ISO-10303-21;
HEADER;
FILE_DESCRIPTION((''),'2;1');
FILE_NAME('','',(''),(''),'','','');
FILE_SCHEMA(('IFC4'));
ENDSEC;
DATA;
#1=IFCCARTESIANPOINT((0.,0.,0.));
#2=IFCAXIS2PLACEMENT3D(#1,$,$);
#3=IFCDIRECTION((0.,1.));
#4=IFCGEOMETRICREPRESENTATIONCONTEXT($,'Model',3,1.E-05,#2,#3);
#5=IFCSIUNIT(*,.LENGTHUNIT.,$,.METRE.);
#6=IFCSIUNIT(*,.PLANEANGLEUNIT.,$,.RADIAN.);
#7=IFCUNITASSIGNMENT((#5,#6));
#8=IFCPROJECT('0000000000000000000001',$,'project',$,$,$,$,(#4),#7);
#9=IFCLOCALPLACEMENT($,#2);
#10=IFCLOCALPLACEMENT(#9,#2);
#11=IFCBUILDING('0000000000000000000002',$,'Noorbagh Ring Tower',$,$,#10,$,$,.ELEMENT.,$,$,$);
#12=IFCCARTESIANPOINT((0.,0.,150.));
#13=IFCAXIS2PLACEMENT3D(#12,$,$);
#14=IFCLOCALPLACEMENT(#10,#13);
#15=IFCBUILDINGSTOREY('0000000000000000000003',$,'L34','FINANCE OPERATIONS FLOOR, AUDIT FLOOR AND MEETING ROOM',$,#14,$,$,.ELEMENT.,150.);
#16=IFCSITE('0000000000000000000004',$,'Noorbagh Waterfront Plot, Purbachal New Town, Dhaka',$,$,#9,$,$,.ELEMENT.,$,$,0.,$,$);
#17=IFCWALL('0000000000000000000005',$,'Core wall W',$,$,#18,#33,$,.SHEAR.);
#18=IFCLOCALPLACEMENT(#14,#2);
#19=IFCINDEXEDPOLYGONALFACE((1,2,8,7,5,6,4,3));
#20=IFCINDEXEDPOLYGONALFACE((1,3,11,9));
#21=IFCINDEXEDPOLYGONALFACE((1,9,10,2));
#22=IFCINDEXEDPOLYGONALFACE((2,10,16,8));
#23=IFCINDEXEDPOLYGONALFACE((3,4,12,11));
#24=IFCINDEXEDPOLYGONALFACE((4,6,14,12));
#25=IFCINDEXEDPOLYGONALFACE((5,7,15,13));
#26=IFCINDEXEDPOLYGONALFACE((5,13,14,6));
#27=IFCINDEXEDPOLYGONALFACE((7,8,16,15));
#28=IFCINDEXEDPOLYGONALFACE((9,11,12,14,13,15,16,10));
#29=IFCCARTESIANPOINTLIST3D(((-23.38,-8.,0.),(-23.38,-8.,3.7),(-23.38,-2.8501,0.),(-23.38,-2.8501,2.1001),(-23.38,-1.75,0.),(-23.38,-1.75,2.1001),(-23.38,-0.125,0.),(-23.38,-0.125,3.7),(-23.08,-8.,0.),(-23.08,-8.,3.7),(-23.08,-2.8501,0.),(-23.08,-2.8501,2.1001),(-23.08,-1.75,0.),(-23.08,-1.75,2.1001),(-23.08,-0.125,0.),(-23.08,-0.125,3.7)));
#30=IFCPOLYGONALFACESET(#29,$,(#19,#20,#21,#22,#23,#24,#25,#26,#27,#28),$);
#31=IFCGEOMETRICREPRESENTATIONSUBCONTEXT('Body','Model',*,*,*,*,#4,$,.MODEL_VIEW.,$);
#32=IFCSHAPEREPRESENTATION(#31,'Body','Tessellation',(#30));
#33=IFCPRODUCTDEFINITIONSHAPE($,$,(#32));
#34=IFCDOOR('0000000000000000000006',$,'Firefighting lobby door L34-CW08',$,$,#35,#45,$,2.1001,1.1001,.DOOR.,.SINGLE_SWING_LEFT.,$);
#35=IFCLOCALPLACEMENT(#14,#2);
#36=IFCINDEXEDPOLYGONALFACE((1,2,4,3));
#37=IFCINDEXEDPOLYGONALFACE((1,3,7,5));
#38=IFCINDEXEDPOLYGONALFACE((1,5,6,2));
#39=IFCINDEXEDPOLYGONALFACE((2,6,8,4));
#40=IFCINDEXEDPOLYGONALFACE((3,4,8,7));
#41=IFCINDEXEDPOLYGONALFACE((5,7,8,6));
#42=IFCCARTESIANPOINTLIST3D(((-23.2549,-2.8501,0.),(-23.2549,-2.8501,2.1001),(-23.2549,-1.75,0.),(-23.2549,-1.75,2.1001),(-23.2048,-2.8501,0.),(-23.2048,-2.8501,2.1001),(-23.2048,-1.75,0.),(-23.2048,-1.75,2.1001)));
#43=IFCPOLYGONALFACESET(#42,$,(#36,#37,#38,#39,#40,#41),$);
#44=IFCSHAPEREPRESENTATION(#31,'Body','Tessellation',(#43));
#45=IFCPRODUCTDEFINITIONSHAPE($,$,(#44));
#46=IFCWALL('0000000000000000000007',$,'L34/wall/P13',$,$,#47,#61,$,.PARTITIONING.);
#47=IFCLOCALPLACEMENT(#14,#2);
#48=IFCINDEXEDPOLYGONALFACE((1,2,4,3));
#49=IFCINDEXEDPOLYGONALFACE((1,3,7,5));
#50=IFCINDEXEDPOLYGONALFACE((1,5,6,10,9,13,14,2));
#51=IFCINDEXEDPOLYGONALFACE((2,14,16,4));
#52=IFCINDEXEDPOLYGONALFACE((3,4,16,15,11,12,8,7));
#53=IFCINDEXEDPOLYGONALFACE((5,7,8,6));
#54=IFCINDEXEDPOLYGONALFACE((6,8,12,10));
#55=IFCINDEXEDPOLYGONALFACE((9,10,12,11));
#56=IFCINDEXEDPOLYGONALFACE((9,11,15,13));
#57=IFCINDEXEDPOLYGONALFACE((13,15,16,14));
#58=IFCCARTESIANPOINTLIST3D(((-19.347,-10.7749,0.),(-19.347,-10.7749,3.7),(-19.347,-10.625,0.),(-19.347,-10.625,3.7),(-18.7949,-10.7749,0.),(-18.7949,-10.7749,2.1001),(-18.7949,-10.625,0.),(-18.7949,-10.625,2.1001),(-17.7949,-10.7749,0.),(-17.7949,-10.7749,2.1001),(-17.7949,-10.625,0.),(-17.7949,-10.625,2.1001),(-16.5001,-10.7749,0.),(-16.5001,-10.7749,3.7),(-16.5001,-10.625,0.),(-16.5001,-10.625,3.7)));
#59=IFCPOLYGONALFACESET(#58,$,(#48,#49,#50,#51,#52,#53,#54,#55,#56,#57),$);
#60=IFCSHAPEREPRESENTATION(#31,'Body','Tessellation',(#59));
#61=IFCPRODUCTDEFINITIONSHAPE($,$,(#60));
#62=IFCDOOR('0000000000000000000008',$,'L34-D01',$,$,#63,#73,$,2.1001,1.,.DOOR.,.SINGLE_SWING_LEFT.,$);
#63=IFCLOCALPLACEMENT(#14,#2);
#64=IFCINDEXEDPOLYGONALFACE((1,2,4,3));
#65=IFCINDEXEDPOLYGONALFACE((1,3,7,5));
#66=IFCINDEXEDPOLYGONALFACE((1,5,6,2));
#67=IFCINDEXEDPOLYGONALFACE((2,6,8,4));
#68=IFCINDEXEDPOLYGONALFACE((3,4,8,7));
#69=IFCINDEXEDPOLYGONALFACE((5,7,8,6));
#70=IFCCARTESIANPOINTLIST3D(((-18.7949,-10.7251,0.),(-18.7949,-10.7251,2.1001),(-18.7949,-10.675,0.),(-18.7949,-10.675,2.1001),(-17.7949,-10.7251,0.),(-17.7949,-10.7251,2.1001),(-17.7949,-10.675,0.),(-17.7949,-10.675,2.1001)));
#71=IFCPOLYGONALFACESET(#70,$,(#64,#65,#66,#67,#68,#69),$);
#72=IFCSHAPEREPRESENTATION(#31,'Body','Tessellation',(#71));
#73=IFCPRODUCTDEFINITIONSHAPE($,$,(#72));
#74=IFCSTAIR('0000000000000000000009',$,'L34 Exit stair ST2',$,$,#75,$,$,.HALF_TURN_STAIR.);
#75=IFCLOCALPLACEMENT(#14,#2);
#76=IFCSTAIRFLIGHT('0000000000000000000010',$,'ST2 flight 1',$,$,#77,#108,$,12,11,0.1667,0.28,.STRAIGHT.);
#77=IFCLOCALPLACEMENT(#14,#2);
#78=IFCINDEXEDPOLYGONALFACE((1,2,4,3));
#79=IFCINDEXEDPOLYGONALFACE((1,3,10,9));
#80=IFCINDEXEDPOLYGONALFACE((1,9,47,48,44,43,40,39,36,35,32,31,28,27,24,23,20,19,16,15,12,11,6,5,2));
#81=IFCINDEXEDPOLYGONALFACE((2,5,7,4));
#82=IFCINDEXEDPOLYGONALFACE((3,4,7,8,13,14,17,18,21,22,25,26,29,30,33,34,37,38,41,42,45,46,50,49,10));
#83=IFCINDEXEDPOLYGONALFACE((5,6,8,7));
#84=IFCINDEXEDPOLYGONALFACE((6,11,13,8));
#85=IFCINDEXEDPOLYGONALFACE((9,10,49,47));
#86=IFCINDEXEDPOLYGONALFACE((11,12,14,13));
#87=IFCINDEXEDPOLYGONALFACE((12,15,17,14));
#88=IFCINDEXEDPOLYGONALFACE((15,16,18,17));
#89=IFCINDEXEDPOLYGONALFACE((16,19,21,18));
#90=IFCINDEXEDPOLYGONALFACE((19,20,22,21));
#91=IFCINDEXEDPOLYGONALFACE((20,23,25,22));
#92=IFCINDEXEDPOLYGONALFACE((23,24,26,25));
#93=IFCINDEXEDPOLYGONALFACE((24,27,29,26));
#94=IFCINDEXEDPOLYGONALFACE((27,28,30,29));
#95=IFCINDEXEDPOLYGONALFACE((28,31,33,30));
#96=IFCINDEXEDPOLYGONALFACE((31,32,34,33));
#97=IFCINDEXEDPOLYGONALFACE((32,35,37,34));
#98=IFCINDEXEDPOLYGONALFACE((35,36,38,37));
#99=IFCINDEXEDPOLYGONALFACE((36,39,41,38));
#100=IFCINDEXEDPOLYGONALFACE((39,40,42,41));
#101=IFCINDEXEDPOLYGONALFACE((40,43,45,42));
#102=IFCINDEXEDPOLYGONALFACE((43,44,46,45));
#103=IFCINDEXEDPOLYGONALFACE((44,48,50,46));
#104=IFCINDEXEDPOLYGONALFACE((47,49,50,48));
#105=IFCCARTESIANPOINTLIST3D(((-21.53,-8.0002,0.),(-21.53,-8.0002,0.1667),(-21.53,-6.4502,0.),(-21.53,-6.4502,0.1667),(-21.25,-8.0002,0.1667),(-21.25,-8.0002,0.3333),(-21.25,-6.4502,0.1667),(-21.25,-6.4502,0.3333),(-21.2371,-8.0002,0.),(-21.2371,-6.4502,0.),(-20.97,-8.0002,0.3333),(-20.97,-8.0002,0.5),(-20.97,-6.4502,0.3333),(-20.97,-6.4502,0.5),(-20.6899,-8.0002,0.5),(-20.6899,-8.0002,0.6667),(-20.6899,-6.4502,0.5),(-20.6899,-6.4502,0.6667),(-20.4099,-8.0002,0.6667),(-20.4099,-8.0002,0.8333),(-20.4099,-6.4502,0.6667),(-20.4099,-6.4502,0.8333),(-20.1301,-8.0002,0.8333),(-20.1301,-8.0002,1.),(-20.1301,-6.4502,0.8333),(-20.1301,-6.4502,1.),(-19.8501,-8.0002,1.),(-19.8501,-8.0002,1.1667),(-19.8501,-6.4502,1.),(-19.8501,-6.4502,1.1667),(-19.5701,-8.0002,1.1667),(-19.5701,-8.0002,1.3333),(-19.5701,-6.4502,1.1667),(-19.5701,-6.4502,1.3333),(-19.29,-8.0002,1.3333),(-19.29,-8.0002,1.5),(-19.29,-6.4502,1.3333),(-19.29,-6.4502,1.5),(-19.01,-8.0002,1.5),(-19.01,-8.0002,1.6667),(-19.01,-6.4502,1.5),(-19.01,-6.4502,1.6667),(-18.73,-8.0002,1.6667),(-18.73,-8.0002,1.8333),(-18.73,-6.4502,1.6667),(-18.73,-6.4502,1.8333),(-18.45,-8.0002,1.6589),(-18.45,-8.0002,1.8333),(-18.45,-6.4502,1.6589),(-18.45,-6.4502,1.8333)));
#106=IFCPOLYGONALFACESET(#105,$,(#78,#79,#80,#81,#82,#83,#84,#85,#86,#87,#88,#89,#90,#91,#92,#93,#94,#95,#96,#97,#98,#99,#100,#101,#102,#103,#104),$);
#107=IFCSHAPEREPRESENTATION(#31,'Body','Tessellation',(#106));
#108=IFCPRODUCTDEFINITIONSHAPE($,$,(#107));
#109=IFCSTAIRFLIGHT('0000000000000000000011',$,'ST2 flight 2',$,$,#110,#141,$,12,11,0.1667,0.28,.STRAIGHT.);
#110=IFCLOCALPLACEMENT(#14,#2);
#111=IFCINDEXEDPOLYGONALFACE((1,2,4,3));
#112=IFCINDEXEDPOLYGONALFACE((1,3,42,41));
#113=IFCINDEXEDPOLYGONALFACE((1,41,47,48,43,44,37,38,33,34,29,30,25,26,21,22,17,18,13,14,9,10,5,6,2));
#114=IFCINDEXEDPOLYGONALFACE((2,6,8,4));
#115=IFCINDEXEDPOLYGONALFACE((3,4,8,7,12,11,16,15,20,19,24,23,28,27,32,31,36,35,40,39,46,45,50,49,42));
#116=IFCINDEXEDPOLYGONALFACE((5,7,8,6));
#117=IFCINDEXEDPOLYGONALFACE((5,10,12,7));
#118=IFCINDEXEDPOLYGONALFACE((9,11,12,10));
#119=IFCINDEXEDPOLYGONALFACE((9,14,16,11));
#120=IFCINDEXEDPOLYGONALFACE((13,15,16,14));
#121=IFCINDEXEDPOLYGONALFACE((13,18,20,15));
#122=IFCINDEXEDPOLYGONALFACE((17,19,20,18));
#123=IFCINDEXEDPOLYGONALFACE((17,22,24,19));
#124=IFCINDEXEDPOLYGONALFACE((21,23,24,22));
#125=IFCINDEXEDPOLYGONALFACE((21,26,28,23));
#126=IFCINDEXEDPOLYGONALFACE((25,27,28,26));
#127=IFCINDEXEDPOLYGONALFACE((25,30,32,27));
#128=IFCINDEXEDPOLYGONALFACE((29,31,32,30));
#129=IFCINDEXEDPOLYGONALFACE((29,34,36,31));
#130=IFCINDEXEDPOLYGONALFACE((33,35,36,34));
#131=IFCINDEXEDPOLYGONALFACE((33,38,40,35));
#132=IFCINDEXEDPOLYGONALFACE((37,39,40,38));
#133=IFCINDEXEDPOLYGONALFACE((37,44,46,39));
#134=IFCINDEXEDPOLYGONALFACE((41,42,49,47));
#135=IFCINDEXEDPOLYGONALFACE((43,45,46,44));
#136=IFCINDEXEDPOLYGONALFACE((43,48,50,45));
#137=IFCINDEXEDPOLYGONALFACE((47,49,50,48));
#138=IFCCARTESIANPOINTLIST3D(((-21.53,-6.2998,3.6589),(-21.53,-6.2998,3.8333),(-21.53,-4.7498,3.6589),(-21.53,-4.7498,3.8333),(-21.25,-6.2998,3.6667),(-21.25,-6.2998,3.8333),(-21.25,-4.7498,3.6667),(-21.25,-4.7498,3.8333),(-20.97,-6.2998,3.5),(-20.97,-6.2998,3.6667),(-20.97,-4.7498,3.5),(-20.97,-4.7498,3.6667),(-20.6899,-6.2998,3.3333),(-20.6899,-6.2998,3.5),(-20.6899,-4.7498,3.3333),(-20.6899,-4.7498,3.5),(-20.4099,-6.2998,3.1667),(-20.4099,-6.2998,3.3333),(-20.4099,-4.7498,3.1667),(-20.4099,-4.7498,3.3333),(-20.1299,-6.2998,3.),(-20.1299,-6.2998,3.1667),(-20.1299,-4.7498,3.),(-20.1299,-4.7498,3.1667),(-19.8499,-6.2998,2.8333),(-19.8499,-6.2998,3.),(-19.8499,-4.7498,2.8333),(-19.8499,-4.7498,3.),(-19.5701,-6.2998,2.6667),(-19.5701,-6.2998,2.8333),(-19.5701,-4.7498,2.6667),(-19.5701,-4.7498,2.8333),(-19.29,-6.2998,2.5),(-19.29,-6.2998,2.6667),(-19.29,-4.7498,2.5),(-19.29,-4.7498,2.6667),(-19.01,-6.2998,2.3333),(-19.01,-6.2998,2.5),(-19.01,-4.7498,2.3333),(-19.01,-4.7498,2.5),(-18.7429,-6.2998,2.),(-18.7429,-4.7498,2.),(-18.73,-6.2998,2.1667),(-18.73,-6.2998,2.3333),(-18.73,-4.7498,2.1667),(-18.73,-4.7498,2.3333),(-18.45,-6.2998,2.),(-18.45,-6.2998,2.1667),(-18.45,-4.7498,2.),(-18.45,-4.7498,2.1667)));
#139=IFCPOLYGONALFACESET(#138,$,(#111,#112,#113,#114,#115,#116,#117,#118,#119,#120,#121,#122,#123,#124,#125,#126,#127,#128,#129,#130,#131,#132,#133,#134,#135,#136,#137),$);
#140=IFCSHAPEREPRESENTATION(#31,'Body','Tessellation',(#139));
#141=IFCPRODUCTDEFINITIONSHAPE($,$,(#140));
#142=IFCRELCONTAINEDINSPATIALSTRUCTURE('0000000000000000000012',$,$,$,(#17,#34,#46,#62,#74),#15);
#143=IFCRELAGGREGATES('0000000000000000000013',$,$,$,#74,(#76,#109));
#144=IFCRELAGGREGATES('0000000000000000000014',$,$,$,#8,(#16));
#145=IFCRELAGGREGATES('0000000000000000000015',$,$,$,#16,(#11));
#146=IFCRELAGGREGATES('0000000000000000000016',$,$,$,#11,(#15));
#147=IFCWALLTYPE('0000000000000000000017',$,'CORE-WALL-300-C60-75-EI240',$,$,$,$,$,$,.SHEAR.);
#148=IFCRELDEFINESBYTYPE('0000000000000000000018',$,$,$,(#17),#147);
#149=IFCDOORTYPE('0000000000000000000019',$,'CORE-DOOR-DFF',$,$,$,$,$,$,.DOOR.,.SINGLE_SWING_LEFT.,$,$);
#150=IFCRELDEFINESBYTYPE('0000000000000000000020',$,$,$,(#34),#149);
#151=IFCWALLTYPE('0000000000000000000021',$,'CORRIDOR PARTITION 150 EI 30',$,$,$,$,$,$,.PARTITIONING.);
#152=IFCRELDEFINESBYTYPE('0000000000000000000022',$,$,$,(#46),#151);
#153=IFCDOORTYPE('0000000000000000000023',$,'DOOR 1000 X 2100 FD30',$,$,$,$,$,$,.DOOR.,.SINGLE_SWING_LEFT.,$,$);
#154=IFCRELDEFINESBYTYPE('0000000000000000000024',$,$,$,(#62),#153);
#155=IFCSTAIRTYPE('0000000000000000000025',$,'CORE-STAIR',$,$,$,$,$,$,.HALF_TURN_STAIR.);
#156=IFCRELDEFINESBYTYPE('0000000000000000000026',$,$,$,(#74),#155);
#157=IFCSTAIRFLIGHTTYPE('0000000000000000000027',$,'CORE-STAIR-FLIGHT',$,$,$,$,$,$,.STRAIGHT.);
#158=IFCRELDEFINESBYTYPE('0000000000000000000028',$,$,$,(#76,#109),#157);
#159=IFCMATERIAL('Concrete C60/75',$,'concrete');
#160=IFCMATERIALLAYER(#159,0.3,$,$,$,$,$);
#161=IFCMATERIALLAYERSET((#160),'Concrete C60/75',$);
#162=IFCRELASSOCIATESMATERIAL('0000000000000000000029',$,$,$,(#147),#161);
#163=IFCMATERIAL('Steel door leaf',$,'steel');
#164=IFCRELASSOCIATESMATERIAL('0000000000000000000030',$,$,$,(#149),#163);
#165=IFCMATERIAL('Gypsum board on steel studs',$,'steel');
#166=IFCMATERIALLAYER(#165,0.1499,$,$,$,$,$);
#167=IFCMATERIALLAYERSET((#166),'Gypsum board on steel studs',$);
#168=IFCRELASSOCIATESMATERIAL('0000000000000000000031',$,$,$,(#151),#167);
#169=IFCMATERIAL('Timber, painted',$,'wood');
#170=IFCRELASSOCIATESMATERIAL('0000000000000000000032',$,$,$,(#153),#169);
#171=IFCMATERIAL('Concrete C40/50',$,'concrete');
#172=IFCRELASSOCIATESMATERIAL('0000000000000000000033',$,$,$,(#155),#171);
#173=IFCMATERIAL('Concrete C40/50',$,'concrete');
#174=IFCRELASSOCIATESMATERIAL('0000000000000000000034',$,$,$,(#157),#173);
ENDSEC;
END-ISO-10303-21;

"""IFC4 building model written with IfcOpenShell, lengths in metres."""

from ifc_helpers import new_model, si_unit, direction, frame, frame_2d, origin, place, context, subcontext, project, spatial, polyline, rectangle, outline, extrude, material, layer, layer_set, type_object, element, fill, aggregate, save


model = new_model("IFC4")

# Units and contexts
model_context = context("Model", 3, precision=1e-05, world=origin(), true_north=direction((0.0, 1.0)))
body_context = subcontext(model_context, "Body", "Model", "MODEL_VIEW")
ifc_project = project(units=[si_unit("LENGTHUNIT", "METRE"), si_unit("PLANEANGLEUNIT", "RADIAN")], contexts=[model_context])

# Site, building, storey
site_placement = place(None, origin())
site = spatial("IfcSite", under=ifc_project, at=site_placement, Name="Noorbagh Waterfront Plot, Purbachal New Town, Dhaka", CompositionType="ELEMENT", RefElevation=0.0)
building_placement = place(site_placement, origin())
building = spatial("IfcBuilding", under=site, at=building_placement, Name="Noorbagh Ring Tower", CompositionType="ELEMENT")
storey_placement = place(building_placement, frame((0.0, 0.0, 150.0)))
storey = spatial("IfcBuildingStorey", under=building, at=storey_placement, Name="L34", Description="FINANCE OPERATIONS FLOOR, AUDIT FLOOR AND MEETING ROOM", CompositionType="ELEMENT", Elevation=150.0)

# Shared definitions
ifc_material_1 = material(Name="Concrete C60/75", Category="concrete")
ifc_layer_1 = layer(ifc_material_1, 0.3)
ifc_layer_set_1 = layer_set([ifc_layer_1], Name="Concrete C60/75")
wall_type_1 = type_object("IfcWallType", Name="CORE-WALL-300-C60-75-EI240", PredefinedType="SHEAR", material=ifc_layer_set_1)

# Walls, openings, doors
wall_1_placement = place(storey_placement, frame((-23.23, -8.0, 0.0), z_axis=(0.0, 0.0, 1.0), x_axis=(0.0, 1.0, 0.0)))
wall_1 = element("IfcWall", 1, at=wall_1_placement, inside=storey, type_object=wall_type_1, Name="Core wall W", PredefinedType="SHEAR", context=body_context, shape_type="SweptSolid", body=[
    extrude(rectangle(XDim=7.875, YDim=0.3, at=frame_2d((3.9375, 0.0))), origin(), (0.0, 0.0, 1.0), 3.7),
])
opening_1_placement = place(wall_1_placement, frame((5.1499, 0.0, 0.0)))
opening_1 = element("IfcOpeningElement", 2, at=opening_1_placement, cuts=wall_1, PredefinedType="OPENING", context=body_context, shape_type="SweptSolid", body=[
    extrude(rectangle(XDim=1.1001, YDim=2.1001, at=frame_2d((0.55, 1.05))), frame((0.0, 0.1602, 0.0), z_axis=(0.0, -1.0, 0.0), x_axis=(1.0, 0.0, 0.0)), (0.0, 0.0, 1.0), 0.3201),
])
ifc_material_2 = material(Name="Steel door leaf", Category="steel")
door_type_1 = type_object("IfcDoorType", Name="CORE-DOOR-DFF", OperationType="SINGLE_SWING_LEFT", PredefinedType="DOOR", material=ifc_material_2)
door_1_placement = place(opening_1_placement, origin())
door_1 = element("IfcDoor", 3, at=door_1_placement, inside=storey, type_object=door_type_1, Name="Firefighting lobby door L34-CW08", OperationType="SINGLE_SWING_LEFT", OverallHeight=2.1001, OverallWidth=1.1001, PredefinedType="DOOR", context=body_context, shape_type="SweptSolid", body=[
    extrude(rectangle(XDim=1.1001, YDim=2.1001, at=frame_2d((0.55, 1.05))), frame((0.0, 0.0249, 0.0), z_axis=(0.0, -1.0, 0.0), x_axis=(1.0, 0.0, 0.0)), (0.0, 0.0, 1.0), 0.05),
])
fill(opening_1, door_1)
ifc_material_3 = material(Name="Gypsum board on steel studs", Category="steel")
ifc_layer_2 = layer(ifc_material_3, 0.1499)
ifc_layer_set_2 = layer_set([ifc_layer_2], Name="Gypsum board on steel studs")
wall_type_2 = type_object("IfcWallType", Name="CORRIDOR PARTITION 150 EI 30", PredefinedType="PARTITIONING", material=ifc_layer_set_2)
wall_2_placement = place(storey_placement, frame((-19.3469, -10.7, 0.0), z_axis=(0.0, 0.0, 1.0), x_axis=(1.0, 0.0, 0.0)))
wall_2 = element("IfcWall", 4, at=wall_2_placement, inside=storey, type_object=wall_type_2, Name="L34/wall/P13", PredefinedType="PARTITIONING", context=body_context, shape_type="SweptSolid", body=[
    extrude(rectangle(XDim=2.8469, YDim=0.1499, at=frame_2d((1.4233, 0.0))), origin(), (0.0, 0.0, 1.0), 3.7),
])
opening_2_placement = place(wall_2_placement, frame((0.552, 0.0, 0.0)))
opening_2 = element("IfcOpeningElement", 5, at=opening_2_placement, cuts=wall_2, PredefinedType="OPENING", context=body_context, shape_type="SweptSolid", body=[
    extrude(rectangle(XDim=1.0, YDim=2.1001, at=frame_2d((0.5, 1.05))), frame((0.0, 0.085, 0.0), z_axis=(0.0, -1.0, 0.0), x_axis=(1.0, 0.0, 0.0)), (0.0, 0.0, 1.0), 0.1699),
])
ifc_material_4 = material(Name="Timber, painted", Category="wood")
door_type_2 = type_object("IfcDoorType", Name="DOOR 1000 X 2100 FD30", OperationType="SINGLE_SWING_LEFT", PredefinedType="DOOR", material=ifc_material_4)
door_2_placement = place(opening_2_placement, origin())
door_2 = element("IfcDoor", 6, at=door_2_placement, inside=storey, type_object=door_type_2, Name="L34-D01", OperationType="SINGLE_SWING_LEFT", OverallHeight=2.1001, OverallWidth=1.0, PredefinedType="DOOR", context=body_context, shape_type="SweptSolid", body=[
    extrude(rectangle(XDim=1.0, YDim=2.1001, at=frame_2d((0.5, 1.05))), frame((0.0, 0.0249, 0.0), z_axis=(0.0, -1.0, 0.0), x_axis=(1.0, 0.0, 0.0)), (0.0, 0.0, 1.0), 0.05),
])
fill(opening_2, door_2)

# Stair, stair flights
ifc_material_5 = material(Name="Concrete C40/50", Category="concrete")
stair_type = type_object("IfcStairType", Name="CORE-STAIR", PredefinedType="HALF_TURN_STAIR", material=ifc_material_5)
stair_placement = place(storey_placement, origin())
stair = element("IfcStair", 7, at=stair_placement, inside=storey, type_object=stair_type, Name="L34 Exit stair ST2", PredefinedType="HALF_TURN_STAIR")
ifc_material_6 = material(Name="Concrete C40/50", Category="concrete")
stair_flight_type = type_object("IfcStairFlightType", Name="CORE-STAIR-FLIGHT", PredefinedType="STRAIGHT", material=ifc_material_6)
stair_flight_1_placement = place(storey_placement, frame((-21.53, -7.2251, 0.0), z_axis=(0.0, 0.0, 1.0), x_axis=(1.0, 0.0, 0.0)))
stair_flight_1 = element("IfcStairFlight", 8, at=stair_flight_1_placement, type_object=stair_flight_type, Name="ST2 flight 1", NumberOfRisers=12, NumberOfTreads=11, PredefinedType="STRAIGHT", RiserHeight=0.1667, TreadLength=0.28, context=body_context, shape_type="SweptSolid", body=[
    extrude(outline(polyline([(0.0, 0.0), (0.0, 0.1667), (0.28, 0.1667), (0.28, 0.3333), (0.5601, 0.3333), (0.5601, 0.5), (0.8401, 0.5), (0.8401, 0.6667), (1.1201, 0.6667), (1.1201, 0.8333), (1.3999, 0.8333), (1.3999, 1.0), (1.6799, 1.0), (1.6799, 1.1667), (1.96, 1.1667), (1.96, 1.3333), (2.24, 1.3333), (2.24, 1.5), (2.52, 1.5), (2.52, 1.6667), (2.8, 1.6667), (2.8, 1.8333), (3.0801, 1.8333), (3.0801, 2.0), (3.0801, 1.6589), (0.293, 0.0), (0.0, 0.0)])), frame((0.0, 0.7749, 0.0), z_axis=(0.0, -1.0, 0.0), x_axis=(1.0, 0.0, 0.0)), (0.0, 0.0, 1.0), 1.55),
])
stair_flight_2_placement = place(storey_placement, frame((-18.45, -5.5249, 2.0), z_axis=(0.0, 0.0, 1.0), x_axis=(-1.0, 0.0, 0.0)))
stair_flight_2 = element("IfcStairFlight", 9, at=stair_flight_2_placement, type_object=stair_flight_type, Name="ST2 flight 2", NumberOfRisers=12, NumberOfTreads=11, PredefinedType="STRAIGHT", RiserHeight=0.1667, TreadLength=0.28, context=body_context, shape_type="SweptSolid", body=[
    extrude(outline(polyline([(0.0, 0.0), (0.0, 0.1667), (0.28, 0.1667), (0.28, 0.3333), (0.5601, 0.3333), (0.5601, 0.5), (0.8401, 0.5), (0.8401, 0.6667), (1.1201, 0.6667), (1.1201, 0.8333), (1.3999, 0.8333), (1.3999, 1.0), (1.6799, 1.0), (1.6799, 1.1667), (1.96, 1.1667), (1.96, 1.3333), (2.24, 1.3333), (2.24, 1.5), (2.52, 1.5), (2.52, 1.6667), (2.8, 1.6667), (2.8, 1.8333), (3.0801, 1.8333), (3.0801, 2.0), (3.0801, 1.6589), (0.293, 0.0), (0.0, 0.0)])), frame((0.0, 0.7749, 0.0), z_axis=(0.0, -1.0, 0.0), x_axis=(1.0, 0.0, 0.0)), (0.0, 0.0, 1.0), 1.55),
])
aggregate(stair, [stair_flight_1, stair_flight_2])

save(model, "model.ifc")
